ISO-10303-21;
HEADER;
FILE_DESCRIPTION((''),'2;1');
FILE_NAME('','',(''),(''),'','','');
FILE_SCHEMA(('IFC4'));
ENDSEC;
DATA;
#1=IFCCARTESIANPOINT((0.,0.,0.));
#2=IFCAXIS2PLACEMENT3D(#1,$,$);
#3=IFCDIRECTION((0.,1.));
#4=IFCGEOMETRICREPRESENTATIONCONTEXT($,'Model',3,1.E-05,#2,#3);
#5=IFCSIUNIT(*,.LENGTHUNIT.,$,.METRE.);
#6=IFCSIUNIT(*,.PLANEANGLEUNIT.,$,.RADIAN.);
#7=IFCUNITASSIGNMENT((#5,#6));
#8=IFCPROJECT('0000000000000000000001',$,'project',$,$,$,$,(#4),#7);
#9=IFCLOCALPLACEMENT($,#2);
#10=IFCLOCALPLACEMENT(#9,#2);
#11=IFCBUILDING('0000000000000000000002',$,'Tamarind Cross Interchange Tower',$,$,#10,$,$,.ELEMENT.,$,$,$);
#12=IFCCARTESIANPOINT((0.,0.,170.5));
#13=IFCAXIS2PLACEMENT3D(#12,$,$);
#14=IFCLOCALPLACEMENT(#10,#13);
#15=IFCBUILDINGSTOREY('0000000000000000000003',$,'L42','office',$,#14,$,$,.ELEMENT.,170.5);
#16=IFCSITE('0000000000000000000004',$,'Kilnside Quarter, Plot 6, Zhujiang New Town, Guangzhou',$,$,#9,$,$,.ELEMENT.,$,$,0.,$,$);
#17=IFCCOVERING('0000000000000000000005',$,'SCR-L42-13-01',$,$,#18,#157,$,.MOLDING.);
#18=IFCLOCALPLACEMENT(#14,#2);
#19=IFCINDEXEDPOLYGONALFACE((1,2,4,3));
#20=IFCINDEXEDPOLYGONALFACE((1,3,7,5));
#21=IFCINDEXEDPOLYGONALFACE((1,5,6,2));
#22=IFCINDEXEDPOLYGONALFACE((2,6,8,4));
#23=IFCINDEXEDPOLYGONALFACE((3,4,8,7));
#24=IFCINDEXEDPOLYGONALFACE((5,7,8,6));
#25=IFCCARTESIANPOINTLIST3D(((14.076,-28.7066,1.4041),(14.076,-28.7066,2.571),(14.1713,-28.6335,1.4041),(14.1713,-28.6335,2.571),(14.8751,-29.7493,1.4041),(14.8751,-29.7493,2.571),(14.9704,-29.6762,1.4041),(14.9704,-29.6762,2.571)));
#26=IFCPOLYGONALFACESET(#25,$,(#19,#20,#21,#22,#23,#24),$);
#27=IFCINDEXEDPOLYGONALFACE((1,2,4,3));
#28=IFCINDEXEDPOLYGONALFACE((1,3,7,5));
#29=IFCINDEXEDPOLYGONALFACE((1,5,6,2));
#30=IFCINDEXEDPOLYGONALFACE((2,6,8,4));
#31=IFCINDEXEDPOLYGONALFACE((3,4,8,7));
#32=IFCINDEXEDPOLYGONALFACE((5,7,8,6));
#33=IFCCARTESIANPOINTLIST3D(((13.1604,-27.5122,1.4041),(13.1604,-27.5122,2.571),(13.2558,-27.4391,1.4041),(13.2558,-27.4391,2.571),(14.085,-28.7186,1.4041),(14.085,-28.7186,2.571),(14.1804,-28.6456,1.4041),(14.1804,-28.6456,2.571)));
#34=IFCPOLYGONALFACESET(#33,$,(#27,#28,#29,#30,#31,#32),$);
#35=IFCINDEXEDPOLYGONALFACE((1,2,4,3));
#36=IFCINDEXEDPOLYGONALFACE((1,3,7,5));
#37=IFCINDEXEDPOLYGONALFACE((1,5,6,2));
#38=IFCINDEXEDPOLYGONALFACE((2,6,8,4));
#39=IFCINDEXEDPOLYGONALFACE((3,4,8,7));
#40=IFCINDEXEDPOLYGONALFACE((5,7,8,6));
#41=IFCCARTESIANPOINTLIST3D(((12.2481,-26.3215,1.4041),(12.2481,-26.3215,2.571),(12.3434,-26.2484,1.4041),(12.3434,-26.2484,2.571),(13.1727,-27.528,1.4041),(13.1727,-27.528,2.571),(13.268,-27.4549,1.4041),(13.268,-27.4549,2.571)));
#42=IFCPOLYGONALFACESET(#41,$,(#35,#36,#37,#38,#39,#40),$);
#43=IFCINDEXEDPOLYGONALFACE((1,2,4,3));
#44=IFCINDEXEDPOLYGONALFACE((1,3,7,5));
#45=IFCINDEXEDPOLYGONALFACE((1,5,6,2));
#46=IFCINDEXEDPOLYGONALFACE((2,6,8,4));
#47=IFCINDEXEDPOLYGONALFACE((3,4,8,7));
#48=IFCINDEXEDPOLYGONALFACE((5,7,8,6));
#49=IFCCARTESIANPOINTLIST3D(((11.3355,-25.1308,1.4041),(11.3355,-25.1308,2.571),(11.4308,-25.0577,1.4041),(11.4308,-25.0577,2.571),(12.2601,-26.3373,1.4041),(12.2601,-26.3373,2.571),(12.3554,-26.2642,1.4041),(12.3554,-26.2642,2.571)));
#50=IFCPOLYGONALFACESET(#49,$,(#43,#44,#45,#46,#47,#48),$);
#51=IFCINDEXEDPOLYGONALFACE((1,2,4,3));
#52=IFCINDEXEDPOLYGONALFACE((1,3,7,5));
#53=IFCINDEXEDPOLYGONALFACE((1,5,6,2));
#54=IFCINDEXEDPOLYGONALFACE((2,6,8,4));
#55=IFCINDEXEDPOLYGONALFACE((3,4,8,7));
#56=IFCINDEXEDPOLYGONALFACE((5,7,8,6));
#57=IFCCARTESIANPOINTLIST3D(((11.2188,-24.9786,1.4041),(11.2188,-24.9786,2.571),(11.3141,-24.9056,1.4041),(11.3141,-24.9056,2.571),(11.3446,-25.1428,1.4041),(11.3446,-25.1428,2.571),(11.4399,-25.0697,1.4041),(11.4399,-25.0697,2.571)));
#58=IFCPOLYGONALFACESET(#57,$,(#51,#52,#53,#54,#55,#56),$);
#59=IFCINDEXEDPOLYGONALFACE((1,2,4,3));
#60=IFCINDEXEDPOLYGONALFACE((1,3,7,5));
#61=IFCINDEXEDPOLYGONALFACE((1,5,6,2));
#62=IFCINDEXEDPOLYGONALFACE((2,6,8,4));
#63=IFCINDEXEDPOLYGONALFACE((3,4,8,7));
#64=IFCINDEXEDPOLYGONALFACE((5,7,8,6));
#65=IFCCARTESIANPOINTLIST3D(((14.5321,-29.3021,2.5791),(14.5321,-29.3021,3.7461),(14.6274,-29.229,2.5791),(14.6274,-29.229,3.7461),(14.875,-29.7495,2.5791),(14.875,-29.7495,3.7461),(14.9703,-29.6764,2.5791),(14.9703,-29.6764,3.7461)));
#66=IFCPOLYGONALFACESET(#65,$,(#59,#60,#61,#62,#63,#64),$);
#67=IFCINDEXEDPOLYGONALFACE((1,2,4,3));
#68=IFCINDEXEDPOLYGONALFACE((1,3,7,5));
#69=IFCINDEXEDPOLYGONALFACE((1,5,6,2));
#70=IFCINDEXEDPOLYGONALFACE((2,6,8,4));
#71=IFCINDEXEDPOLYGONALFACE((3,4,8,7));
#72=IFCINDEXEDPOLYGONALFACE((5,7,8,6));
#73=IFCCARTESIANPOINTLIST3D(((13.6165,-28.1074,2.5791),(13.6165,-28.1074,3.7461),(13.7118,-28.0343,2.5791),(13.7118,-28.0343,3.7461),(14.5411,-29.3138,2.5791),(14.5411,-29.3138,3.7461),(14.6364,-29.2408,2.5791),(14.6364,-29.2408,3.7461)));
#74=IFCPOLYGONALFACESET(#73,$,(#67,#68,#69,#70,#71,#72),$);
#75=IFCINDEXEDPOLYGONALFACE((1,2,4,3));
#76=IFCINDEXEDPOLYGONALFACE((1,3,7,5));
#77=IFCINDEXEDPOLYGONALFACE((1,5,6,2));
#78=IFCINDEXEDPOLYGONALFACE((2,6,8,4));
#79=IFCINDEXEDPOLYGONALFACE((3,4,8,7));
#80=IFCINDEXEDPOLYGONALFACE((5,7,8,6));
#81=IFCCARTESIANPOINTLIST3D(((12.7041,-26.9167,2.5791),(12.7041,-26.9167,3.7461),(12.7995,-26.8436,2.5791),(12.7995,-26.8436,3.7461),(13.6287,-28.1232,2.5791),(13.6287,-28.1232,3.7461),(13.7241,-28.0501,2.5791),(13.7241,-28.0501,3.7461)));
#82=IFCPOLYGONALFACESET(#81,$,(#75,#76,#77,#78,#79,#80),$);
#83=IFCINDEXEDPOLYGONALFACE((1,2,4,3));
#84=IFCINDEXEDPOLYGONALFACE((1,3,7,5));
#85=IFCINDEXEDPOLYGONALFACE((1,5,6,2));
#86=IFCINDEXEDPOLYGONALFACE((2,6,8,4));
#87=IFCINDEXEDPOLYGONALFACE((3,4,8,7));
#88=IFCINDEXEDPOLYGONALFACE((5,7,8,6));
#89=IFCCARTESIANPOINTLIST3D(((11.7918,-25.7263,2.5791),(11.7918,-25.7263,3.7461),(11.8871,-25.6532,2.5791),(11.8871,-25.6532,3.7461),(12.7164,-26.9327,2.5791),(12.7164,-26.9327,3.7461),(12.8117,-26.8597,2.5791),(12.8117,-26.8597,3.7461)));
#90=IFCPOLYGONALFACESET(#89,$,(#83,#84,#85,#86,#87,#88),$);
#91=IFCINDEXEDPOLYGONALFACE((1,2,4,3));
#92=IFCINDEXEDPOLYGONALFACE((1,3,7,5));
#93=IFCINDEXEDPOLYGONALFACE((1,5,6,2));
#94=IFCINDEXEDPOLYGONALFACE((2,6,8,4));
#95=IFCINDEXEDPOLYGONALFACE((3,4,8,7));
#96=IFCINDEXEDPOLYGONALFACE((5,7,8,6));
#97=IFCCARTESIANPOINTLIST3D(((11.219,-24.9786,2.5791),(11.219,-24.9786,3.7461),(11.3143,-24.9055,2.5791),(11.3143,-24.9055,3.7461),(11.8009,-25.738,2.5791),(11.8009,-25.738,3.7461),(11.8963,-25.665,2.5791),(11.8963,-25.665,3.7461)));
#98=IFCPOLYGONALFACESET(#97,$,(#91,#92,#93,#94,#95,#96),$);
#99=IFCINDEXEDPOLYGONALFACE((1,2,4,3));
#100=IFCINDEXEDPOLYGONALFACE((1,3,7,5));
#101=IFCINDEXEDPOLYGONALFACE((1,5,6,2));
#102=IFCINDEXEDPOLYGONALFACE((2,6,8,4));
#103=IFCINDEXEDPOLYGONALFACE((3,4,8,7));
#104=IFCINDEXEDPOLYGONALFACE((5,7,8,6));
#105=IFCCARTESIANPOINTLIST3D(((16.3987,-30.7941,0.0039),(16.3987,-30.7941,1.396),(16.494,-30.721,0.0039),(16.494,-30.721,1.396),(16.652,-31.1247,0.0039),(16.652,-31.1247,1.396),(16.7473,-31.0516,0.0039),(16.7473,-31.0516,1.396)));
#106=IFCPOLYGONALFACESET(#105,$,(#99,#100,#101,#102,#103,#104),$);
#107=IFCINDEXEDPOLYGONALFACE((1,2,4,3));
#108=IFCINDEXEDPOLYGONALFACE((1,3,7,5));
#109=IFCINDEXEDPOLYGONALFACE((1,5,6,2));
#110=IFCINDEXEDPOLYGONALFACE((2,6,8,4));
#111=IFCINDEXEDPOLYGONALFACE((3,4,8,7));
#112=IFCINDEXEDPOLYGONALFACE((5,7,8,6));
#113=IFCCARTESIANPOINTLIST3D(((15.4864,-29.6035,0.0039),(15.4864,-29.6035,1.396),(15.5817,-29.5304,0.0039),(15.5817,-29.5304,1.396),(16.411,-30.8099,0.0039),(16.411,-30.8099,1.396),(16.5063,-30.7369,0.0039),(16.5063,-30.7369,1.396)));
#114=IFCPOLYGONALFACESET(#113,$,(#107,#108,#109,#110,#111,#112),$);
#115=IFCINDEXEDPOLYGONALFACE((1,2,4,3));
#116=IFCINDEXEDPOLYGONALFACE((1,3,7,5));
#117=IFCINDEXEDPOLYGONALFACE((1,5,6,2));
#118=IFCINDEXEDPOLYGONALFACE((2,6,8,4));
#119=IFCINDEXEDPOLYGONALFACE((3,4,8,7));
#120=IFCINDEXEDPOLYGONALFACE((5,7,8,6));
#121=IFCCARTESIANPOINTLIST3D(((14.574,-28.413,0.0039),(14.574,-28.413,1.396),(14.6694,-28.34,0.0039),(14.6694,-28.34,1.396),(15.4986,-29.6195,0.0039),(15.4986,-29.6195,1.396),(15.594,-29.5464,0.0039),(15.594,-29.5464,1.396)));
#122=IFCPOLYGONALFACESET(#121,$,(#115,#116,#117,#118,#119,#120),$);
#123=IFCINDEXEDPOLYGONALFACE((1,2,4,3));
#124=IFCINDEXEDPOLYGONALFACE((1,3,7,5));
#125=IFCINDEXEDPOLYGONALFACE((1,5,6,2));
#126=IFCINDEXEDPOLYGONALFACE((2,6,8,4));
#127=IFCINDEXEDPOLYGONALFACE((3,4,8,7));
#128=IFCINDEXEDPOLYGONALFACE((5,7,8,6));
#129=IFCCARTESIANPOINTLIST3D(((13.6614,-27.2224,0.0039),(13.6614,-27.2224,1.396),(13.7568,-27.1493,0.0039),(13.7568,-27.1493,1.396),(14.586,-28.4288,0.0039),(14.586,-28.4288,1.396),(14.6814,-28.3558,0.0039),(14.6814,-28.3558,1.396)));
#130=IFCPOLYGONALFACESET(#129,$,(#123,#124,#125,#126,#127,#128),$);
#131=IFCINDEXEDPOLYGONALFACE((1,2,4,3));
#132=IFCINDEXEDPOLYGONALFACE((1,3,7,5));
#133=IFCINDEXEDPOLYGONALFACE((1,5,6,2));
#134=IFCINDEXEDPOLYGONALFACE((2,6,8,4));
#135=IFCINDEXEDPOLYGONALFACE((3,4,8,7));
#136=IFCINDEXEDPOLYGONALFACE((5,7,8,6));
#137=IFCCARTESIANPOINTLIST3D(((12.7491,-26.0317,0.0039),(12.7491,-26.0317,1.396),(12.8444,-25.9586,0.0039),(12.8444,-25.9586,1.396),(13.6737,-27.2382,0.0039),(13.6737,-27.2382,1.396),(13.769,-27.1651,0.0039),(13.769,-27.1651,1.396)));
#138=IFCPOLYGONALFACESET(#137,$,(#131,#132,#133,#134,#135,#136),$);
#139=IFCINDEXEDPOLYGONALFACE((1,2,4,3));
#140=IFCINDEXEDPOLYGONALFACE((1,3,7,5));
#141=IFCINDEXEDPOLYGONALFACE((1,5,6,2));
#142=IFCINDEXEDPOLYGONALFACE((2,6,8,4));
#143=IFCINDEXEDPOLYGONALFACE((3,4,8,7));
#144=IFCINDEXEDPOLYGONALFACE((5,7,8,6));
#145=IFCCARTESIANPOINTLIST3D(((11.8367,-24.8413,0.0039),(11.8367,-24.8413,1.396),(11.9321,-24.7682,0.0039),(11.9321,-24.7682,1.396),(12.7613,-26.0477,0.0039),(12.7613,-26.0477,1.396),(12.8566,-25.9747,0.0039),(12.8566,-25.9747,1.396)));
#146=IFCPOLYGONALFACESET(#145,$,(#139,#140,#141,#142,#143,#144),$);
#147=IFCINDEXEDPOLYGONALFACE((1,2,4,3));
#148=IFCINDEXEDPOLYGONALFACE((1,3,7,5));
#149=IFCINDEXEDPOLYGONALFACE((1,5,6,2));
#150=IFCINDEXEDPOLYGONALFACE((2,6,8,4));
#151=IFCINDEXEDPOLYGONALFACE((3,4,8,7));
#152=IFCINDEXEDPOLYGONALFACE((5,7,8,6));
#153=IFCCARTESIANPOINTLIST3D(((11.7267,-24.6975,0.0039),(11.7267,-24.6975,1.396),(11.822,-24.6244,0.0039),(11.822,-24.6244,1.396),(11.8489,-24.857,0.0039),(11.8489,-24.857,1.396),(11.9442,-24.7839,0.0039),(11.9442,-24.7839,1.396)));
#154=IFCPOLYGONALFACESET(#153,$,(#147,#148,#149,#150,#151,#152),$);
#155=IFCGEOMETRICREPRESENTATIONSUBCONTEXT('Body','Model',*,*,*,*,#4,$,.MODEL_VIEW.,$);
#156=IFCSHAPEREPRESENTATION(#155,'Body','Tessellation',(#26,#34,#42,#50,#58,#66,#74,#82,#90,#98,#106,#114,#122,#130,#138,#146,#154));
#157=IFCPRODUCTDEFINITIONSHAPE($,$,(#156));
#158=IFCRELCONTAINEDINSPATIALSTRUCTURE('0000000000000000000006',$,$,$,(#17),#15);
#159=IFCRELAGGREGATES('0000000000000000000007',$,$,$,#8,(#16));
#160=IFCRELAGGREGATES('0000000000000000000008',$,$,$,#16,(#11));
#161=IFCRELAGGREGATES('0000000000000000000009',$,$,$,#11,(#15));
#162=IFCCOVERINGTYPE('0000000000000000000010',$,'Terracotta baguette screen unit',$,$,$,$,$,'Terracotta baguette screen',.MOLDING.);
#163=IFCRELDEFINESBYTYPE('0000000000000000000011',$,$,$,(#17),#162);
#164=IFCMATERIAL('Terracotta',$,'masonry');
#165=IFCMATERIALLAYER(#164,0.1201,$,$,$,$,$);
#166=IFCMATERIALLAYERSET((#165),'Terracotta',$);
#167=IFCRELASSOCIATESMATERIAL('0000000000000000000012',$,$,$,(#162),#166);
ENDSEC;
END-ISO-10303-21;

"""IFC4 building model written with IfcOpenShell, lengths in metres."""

from ifc_helpers import new_model, si_unit, direction, frame, origin, origin_2d, place, context, subcontext, project, spatial, rectangle, extrude, material, layer, layer_set, type_object, element, save


model = new_model("IFC4")

# Units and contexts
model_context = context("Model", 3, precision=1e-05, world=origin(), true_north=direction((0.0, 1.0)))
body_context = subcontext(model_context, "Body", "Model", "MODEL_VIEW")
ifc_project = project(units=[si_unit("LENGTHUNIT", "METRE"), si_unit("PLANEANGLEUNIT", "RADIAN")], contexts=[model_context])

# Site, building, storey
site_placement = place(None, origin())
site = spatial("IfcSite", under=ifc_project, at=site_placement, Name="Kilnside Quarter, Plot 6, Zhujiang New Town, Guangzhou", CompositionType="ELEMENT", RefElevation=0.0)
building_placement = place(site_placement, origin())
building = spatial("IfcBuilding", under=site, at=building_placement, Name="Tamarind Cross Interchange Tower", CompositionType="ELEMENT")
storey_placement = place(building_placement, frame((0.0, 0.0, 170.5)))
storey = spatial("IfcBuildingStorey", under=building, at=storey_placement, Name="L42", Description="office", CompositionType="ELEMENT", Elevation=170.5)

# Covering
ifc_material_1 = material(Name="Terracotta", Category="masonry")
ifc_layer_1 = layer(ifc_material_1, 0.1201)
ifc_layer_set_1 = layer_set([ifc_layer_1], Name="Terracotta")
covering_type = type_object("IfcCoveringType", Name="Terracotta baguette screen unit", ElementType="Terracotta baguette screen", PredefinedType="MOLDING", material=ifc_layer_set_1)
covering_1_placement = place(storey_placement, origin())
element("IfcCovering", 1, at=covering_1_placement, inside=storey, type_object=covering_type, Name="SCR-L42-13-01", PredefinedType="MOLDING", context=body_context, shape_type="SweptSolid", body=[
    extrude(rectangle(XDim=1.3137, YDim=0.1201, at=origin_2d()), frame((14.5232, -29.1914, 1.4041), z_axis=(0.0, 0.0, 1.0), x_axis=(-0.608277, 0.793725, 0.0)), (0.0, 0.0, 1.0), 1.167),
    extrude(rectangle(XDim=1.52, YDim=0.1201, at=origin_2d()), frame((13.6704, -28.0789, 1.4041), z_axis=(0.0, 0.0, 1.0), x_axis=(-0.608277, 0.793725, 0.0)), (0.0, 0.0, 1.0), 1.167),
    extrude(rectangle(XDim=1.52, YDim=0.1201, at=origin_2d()), frame((12.7581, -26.8882, 1.4041), z_axis=(0.0, 0.0, 1.0), x_axis=(-0.608277, 0.793725, 0.0)), (0.0, 0.0, 1.0), 1.167),
    extrude(rectangle(XDim=1.52, YDim=0.1201, at=origin_2d()), frame((11.8455, -25.6975, 1.4041), z_axis=(0.0, 0.0, 1.0), x_axis=(-0.608277, 0.793725, 0.0)), (0.0, 0.0, 1.0), 1.167),
    extrude(rectangle(XDim=0.2068, YDim=0.1201, at=origin_2d()), frame((11.3293, -25.0242, 1.4041), z_axis=(0.0, 0.0, 1.0), x_axis=(-0.608277, 0.793725, 0.0)), (0.0, 0.0, 1.0), 1.167),
    extrude(rectangle(XDim=0.5637, YDim=0.1201, at=origin_2d()), frame((14.7512, -29.4893, 2.5791), z_axis=(0.0, 0.0, 1.0), x_axis=(-0.608277, 0.793725, 0.0)), (0.0, 0.0, 1.0), 1.167),
    extrude(rectangle(XDim=1.52, YDim=0.1201, at=origin_2d()), frame((14.1265, -28.6741, 2.5791), z_axis=(0.0, 0.0, 1.0), x_axis=(-0.608277, 0.793725, 0.0)), (0.0, 0.0, 1.0), 1.167),
    extrude(rectangle(XDim=1.52, YDim=0.1201, at=origin_2d()), frame((13.2141, -27.4834, 2.5791), z_axis=(0.0, 0.0, 1.0), x_axis=(-0.608277, 0.793725, 0.0)), (0.0, 0.0, 1.0), 1.167),
    extrude(rectangle(XDim=1.52, YDim=0.1201, at=origin_2d()), frame((12.3018, -26.293, 2.5791), z_axis=(0.0, 0.0, 1.0), x_axis=(-0.608277, 0.793725, 0.0)), (0.0, 0.0, 1.0), 1.167),
    extrude(rectangle(XDim=0.9568, YDim=0.1201, at=origin_2d()), frame((11.5576, -25.3218, 2.5791), z_axis=(0.0, 0.0, 1.0), x_axis=(-0.608277, 0.793725, 0.0)), (0.0, 0.0, 1.0), 1.167),
    extrude(rectangle(XDim=0.4165, YDim=0.1201, at=origin_2d()), frame((16.573, -30.9229, 0.0039), z_axis=(0.0, 0.0, 1.0), x_axis=(-0.608277, 0.793725, 0.0)), (0.0, 0.0, 1.0), 1.3921),
    extrude(rectangle(XDim=1.52, YDim=0.1201, at=origin_2d()), frame((15.9963, -30.1702, 0.0039), z_axis=(0.0, 0.0, 1.0), x_axis=(-0.608277, 0.793725, 0.0)), (0.0, 0.0, 1.0), 1.3921),
    extrude(rectangle(XDim=1.52, YDim=0.1201, at=origin_2d()), frame((15.084, -28.9797, 0.0039), z_axis=(0.0, 0.0, 1.0), x_axis=(-0.608277, 0.793725, 0.0)), (0.0, 0.0, 1.0), 1.3921),
    extrude(rectangle(XDim=1.52, YDim=0.1201, at=origin_2d()), frame((14.1714, -27.7891, 0.0039), z_axis=(0.0, 0.0, 1.0), x_axis=(-0.608277, 0.793725, 0.0)), (0.0, 0.0, 1.0), 1.3921),
    extrude(rectangle(XDim=1.52, YDim=0.1201, at=origin_2d()), frame((13.259, -26.5984, 0.0039), z_axis=(0.0, 0.0, 1.0), x_axis=(-0.608277, 0.793725, 0.0)), (0.0, 0.0, 1.0), 1.3921),
    extrude(rectangle(XDim=1.52, YDim=0.1201, at=origin_2d()), frame((12.3467, -25.408, 0.0039), z_axis=(0.0, 0.0, 1.0), x_axis=(-0.608277, 0.793725, 0.0)), (0.0, 0.0, 1.0), 1.3921),
    extrude(rectangle(XDim=0.2009, YDim=0.1201, at=origin_2d()), frame((11.8354, -24.7407, 0.0039), z_axis=(0.0, 0.0, 1.0), x_axis=(-0.608277, 0.793725, 0.0)), (0.0, 0.0, 1.0), 1.3921),
])

save(model, "model.ifc")
